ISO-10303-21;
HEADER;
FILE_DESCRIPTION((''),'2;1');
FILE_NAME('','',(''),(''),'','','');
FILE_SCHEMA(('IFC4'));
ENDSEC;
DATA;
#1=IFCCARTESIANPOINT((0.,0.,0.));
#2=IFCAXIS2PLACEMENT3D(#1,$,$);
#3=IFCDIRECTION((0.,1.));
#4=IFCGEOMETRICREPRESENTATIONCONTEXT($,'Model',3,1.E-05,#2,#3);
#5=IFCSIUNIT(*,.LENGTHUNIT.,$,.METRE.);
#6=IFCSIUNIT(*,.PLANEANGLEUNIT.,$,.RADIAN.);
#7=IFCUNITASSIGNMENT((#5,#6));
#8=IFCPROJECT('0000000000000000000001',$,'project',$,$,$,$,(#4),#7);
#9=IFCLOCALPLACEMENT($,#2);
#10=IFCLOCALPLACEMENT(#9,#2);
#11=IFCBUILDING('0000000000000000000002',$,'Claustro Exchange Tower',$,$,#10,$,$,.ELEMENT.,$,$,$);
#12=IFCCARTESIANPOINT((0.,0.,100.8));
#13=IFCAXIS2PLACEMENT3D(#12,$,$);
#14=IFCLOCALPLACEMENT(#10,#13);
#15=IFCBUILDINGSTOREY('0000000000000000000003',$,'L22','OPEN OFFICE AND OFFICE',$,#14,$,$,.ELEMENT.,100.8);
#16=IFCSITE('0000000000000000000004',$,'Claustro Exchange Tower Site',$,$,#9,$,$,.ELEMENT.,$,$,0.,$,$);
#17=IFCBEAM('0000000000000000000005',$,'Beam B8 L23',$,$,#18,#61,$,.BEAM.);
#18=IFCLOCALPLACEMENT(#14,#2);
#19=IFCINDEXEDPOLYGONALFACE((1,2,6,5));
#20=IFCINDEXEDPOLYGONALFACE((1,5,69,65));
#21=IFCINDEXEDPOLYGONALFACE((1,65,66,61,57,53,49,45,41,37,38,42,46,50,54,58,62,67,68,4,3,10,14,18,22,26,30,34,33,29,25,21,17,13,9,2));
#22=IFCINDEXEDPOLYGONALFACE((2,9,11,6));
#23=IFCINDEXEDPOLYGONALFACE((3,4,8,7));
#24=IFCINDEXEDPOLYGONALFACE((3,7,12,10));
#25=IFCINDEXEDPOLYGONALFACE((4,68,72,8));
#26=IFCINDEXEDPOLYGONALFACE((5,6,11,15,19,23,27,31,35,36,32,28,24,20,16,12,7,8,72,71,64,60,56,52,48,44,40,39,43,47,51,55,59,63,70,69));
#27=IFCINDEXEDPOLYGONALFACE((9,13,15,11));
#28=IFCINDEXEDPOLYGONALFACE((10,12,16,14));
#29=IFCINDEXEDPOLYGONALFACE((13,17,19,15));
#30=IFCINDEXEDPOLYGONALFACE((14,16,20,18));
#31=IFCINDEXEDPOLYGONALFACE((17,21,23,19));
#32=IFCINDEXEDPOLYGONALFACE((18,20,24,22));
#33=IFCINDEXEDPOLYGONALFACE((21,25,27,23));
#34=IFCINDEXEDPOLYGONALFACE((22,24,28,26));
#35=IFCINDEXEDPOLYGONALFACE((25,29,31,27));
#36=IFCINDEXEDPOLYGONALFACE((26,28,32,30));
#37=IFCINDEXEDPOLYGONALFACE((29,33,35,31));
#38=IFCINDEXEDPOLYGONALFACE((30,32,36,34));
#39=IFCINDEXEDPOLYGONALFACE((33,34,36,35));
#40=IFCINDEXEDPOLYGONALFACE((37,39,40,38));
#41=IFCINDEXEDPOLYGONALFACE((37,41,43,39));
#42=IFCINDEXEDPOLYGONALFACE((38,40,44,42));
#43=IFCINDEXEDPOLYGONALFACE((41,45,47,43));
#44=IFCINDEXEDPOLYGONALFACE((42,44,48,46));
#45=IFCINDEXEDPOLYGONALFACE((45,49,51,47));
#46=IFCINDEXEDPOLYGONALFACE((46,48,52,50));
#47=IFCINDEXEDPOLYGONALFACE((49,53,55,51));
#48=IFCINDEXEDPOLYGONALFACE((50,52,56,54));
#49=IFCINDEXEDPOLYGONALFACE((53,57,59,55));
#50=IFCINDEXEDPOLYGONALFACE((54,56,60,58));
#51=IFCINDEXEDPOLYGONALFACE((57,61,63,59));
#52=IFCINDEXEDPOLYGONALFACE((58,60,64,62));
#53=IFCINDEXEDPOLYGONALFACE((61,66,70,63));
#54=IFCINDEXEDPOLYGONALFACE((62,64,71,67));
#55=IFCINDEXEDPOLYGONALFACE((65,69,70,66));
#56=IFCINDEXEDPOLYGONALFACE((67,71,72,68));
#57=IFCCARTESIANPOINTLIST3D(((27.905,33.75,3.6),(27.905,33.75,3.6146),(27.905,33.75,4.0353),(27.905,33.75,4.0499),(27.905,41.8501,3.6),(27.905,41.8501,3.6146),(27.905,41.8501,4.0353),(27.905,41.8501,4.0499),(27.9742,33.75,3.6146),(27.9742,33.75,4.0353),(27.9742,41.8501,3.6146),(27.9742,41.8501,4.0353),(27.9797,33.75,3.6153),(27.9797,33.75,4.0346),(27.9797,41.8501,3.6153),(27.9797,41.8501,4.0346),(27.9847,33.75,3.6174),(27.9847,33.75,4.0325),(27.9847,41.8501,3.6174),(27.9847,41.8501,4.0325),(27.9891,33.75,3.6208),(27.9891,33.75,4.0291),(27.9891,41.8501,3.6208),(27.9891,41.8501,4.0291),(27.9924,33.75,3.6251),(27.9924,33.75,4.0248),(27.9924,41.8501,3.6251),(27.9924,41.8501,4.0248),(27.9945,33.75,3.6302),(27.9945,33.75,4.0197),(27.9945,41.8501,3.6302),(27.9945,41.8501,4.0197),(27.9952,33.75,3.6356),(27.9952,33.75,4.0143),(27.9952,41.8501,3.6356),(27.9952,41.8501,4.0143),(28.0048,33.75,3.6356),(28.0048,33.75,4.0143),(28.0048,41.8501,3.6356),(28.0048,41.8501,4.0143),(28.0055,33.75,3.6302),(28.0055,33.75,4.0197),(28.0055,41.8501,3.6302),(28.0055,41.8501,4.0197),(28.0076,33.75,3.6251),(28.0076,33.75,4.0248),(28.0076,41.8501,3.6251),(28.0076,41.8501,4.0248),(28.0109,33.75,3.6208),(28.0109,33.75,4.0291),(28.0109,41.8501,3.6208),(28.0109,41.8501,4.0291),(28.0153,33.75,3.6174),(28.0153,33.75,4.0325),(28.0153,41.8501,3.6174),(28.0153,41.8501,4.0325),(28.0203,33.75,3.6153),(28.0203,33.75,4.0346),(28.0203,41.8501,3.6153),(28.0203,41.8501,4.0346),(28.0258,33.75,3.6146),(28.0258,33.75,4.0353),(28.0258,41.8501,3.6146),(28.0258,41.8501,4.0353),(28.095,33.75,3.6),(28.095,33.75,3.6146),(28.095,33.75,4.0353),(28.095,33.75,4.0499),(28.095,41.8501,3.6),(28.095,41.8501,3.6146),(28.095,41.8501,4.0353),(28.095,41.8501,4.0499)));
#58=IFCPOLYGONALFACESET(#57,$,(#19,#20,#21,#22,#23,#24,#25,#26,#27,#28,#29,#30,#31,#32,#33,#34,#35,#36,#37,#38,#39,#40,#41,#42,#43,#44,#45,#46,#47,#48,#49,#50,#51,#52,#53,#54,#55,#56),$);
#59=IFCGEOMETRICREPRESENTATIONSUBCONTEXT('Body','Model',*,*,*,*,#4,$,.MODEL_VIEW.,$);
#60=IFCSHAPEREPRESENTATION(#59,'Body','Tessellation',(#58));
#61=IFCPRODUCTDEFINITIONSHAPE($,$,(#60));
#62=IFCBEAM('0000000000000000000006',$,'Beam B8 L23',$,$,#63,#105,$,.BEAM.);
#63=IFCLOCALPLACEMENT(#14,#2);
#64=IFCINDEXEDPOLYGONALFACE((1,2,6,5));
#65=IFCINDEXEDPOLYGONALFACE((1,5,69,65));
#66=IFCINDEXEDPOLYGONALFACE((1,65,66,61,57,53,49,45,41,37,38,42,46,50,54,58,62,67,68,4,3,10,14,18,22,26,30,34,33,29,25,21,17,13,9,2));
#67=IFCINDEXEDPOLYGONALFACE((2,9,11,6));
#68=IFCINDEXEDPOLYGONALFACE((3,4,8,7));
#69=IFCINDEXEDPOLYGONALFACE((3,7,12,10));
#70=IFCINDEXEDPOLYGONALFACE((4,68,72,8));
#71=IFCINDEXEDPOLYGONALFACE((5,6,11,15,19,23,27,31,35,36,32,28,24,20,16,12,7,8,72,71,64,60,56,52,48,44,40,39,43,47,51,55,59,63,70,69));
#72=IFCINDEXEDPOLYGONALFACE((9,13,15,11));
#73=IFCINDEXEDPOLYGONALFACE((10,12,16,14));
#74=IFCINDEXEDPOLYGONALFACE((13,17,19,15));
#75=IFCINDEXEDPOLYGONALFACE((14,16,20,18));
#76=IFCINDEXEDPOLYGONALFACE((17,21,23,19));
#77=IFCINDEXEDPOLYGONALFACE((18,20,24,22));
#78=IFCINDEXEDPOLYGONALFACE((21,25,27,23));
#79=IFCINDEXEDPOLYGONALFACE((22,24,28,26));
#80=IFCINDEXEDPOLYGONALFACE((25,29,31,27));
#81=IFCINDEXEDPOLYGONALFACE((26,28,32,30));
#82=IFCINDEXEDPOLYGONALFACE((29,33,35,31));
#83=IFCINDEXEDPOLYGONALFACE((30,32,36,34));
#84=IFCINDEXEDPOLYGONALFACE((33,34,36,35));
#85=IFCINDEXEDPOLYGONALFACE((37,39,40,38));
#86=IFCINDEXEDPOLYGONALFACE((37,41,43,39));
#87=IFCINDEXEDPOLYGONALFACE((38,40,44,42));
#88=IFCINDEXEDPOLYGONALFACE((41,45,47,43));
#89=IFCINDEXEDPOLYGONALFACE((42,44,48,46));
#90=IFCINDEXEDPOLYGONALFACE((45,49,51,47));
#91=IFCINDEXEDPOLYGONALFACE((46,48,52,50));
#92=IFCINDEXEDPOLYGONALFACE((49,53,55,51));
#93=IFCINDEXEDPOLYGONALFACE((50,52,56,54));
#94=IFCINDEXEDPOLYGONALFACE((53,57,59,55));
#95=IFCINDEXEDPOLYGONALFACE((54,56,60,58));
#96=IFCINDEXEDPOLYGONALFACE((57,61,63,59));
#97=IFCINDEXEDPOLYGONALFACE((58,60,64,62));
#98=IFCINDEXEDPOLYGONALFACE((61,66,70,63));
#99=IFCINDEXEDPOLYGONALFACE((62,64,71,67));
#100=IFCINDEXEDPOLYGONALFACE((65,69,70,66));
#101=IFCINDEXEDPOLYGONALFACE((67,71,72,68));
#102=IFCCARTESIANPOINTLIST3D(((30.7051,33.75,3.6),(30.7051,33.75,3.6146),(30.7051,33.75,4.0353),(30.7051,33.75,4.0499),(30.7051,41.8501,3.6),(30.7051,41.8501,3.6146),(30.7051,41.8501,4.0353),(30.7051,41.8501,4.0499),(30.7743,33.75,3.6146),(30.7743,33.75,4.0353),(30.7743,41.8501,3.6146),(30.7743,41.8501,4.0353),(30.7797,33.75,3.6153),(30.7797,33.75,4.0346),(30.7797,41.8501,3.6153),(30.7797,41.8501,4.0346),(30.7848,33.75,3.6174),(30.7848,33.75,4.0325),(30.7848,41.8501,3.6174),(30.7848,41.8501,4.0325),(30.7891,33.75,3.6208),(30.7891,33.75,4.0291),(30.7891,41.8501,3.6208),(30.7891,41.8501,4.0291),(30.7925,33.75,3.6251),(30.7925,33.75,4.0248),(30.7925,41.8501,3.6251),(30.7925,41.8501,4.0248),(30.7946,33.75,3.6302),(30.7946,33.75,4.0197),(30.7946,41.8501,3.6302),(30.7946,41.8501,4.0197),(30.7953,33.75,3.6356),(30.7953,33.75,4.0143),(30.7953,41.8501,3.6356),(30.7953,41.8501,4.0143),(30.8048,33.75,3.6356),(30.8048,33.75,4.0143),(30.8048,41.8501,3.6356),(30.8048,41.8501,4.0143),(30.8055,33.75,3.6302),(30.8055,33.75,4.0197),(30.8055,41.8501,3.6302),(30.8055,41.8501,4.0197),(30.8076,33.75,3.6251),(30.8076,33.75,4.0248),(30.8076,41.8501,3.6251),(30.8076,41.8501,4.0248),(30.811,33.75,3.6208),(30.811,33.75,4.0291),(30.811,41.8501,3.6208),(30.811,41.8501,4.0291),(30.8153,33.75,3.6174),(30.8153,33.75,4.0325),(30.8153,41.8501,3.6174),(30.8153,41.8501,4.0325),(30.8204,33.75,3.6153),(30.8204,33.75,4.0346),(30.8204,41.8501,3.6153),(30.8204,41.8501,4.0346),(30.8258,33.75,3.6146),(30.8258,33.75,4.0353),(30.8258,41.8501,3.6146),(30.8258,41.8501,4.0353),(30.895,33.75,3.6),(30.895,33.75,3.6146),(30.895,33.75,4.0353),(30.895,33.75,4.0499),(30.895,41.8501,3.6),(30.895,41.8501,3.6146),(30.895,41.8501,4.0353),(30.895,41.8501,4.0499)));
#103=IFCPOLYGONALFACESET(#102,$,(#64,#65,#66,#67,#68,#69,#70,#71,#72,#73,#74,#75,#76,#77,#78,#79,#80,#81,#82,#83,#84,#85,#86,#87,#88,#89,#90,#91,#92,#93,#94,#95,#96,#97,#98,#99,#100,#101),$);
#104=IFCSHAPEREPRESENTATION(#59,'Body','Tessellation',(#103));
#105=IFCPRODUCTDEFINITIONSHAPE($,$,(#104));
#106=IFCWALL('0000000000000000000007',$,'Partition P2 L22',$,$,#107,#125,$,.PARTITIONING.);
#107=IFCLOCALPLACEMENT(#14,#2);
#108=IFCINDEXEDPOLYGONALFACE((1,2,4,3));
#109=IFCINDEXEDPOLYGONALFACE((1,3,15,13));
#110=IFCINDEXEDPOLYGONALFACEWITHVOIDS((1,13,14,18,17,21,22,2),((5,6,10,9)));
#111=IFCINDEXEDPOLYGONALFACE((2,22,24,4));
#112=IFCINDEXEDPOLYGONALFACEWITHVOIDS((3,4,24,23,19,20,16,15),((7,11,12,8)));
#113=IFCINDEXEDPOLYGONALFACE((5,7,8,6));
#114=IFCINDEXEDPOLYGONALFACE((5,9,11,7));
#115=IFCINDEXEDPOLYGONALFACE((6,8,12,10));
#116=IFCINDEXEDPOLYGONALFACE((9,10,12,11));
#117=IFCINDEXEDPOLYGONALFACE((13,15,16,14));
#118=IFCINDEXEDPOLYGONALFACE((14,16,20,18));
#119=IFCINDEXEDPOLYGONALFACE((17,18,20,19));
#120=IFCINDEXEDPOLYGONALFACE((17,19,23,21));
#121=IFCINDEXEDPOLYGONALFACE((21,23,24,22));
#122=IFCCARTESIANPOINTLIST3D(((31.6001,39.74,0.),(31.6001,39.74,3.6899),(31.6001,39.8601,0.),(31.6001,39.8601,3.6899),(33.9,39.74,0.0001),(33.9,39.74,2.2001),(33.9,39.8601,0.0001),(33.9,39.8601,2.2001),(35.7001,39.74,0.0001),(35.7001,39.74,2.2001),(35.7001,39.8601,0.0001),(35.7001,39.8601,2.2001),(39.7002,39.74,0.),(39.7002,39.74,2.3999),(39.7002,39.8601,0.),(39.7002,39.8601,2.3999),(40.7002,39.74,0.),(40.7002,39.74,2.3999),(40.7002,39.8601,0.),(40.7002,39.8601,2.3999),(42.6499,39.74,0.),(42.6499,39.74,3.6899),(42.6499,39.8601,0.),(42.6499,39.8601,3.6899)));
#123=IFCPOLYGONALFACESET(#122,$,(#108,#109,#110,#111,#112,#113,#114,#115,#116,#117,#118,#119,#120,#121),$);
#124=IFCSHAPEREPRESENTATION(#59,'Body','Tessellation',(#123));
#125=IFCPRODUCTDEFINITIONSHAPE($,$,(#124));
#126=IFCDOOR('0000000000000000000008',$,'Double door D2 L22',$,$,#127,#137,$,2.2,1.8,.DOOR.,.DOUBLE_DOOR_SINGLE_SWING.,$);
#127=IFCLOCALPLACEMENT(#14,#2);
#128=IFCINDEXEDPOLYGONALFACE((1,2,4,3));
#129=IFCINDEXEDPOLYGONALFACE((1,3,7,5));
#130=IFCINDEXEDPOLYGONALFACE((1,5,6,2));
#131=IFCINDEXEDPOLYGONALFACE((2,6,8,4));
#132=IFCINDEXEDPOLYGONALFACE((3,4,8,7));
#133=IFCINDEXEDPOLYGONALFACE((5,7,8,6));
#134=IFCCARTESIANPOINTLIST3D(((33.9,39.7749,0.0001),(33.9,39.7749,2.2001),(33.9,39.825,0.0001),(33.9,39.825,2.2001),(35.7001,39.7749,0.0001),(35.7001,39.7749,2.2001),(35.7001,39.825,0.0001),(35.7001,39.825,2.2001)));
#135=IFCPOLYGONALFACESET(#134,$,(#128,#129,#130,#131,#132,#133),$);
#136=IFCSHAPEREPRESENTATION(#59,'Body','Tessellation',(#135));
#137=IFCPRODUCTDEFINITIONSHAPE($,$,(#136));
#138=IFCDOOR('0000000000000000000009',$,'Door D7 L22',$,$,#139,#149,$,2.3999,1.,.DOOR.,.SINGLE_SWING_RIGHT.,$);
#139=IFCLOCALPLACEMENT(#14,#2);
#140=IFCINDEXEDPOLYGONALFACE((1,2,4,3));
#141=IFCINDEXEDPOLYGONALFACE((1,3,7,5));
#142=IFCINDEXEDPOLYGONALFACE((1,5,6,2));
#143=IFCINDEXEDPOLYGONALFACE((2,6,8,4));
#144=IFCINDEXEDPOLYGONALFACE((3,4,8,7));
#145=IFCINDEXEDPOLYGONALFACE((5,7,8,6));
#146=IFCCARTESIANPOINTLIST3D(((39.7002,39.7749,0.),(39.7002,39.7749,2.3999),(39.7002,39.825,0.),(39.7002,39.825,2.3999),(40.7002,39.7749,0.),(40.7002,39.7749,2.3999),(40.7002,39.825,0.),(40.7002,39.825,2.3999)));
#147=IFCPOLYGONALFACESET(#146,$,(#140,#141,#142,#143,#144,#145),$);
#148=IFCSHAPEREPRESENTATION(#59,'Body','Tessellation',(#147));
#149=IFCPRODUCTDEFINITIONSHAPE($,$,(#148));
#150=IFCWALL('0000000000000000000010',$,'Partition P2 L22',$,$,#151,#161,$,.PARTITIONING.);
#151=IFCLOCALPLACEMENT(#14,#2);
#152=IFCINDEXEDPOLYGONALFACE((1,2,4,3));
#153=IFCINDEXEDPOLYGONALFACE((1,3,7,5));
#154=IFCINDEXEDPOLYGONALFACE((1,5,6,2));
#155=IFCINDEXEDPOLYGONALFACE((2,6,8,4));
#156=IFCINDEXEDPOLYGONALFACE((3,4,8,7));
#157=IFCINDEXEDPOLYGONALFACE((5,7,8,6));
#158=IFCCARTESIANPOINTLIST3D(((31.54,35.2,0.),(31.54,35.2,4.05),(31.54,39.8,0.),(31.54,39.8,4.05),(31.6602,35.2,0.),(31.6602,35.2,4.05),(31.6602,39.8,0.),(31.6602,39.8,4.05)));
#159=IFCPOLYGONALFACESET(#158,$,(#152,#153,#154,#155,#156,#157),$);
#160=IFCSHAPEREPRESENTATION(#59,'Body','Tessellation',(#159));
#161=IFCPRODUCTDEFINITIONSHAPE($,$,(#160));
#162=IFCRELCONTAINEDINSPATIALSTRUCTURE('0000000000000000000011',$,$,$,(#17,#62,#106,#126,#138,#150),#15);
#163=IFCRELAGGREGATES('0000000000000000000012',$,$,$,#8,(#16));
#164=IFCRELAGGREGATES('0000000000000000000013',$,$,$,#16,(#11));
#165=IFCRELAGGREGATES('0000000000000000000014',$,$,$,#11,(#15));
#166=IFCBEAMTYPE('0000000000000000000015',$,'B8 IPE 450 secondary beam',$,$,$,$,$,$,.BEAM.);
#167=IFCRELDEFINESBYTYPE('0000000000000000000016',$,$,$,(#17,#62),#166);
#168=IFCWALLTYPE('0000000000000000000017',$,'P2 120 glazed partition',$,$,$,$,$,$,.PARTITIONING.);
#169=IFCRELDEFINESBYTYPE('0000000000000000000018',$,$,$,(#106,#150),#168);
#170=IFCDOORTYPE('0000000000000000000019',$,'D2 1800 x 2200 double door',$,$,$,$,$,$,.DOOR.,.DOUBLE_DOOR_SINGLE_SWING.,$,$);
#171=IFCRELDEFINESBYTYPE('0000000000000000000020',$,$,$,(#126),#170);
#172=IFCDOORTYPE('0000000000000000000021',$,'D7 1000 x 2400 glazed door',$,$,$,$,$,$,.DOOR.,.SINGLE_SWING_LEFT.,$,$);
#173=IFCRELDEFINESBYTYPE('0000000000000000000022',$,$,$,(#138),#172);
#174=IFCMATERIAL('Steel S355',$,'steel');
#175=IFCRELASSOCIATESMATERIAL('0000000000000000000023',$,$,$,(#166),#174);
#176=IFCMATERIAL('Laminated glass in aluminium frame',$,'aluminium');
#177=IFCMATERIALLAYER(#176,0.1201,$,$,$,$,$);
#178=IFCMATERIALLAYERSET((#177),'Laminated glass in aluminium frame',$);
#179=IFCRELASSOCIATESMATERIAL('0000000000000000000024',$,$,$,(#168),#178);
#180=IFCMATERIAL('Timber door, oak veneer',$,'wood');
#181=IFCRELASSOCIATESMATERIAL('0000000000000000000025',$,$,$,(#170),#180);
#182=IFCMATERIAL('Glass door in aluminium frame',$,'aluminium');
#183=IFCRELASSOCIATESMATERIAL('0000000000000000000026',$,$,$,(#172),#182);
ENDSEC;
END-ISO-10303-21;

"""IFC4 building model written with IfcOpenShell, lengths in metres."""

from ifc_helpers import new_model, si_unit, direction, frame, frame_2d, origin, origin_2d, place, context, subcontext, project, spatial, rectangle, i_section, extrude, material, layer, layer_set, material_profile, profile_set, type_object, element, fill, save


model = new_model("IFC4")

# Units and contexts
model_context = context("Model", 3, precision=1e-05, world=origin(), true_north=direction((0.0, 1.0)))
body_context = subcontext(model_context, "Body", "Model", "MODEL_VIEW")
ifc_project = project(units=[si_unit("LENGTHUNIT", "METRE"), si_unit("PLANEANGLEUNIT", "RADIAN")], contexts=[model_context])

# Site, building, storey
site_placement = place(None, origin())
site = spatial("IfcSite", under=ifc_project, at=site_placement, Name="Claustro Exchange Tower Site", CompositionType="ELEMENT", RefElevation=0.0)
building_placement = place(site_placement, origin())
building = spatial("IfcBuilding", under=site, at=building_placement, Name="Claustro Exchange Tower", CompositionType="ELEMENT")
storey_placement = place(building_placement, frame((0.0, 0.0, 100.8)))
storey = spatial("IfcBuildingStorey", under=building, at=storey_placement, Name="L22", Description="OPEN OFFICE AND OFFICE", CompositionType="ELEMENT", Elevation=100.8)

# Beams
ifc_material_1 = material(Name="Steel S355", Category="steel")
ifc_material_profile_1 = material_profile(ifc_material_1, i_section(OverallWidth=0.1899, OverallDepth=0.45, WebThickness=0.0095, FlangeThickness=0.0146, FilletRadius=0.021, at=origin_2d()), Name="IPE 450")
ifc_profile_set_1 = profile_set([ifc_material_profile_1], Name="Steel S355")
beam_type_1 = type_object("IfcBeamType", Name="B8 IPE 450 secondary beam", PredefinedType="BEAM", material=ifc_profile_set_1)
for number, where, z_axis, x_axis, name in (
    (1, (28.0, 33.75, 3.825), (0.0, 1.0, 0.0), (-1.0, 0.0, 0.0), "Beam B8 L23"),
    (2, (30.8, 33.75, 3.825), (0.0, 1.0, 0.0), (-1.0, 0.0, 0.0), "Beam B8 L23"),
):
    element("IfcBeam", number, at=place(storey_placement, frame(where, z_axis=z_axis, x_axis=x_axis)), inside=storey, type_object=beam_type_1, Name=name, PredefinedType="BEAM", context=body_context, shape_type="SweptSolid", body=[
        extrude(i_section(OverallWidth=0.1899, OverallDepth=0.45, WebThickness=0.0095, FlangeThickness=0.0146, FilletRadius=0.021, at=origin_2d()), origin(), (0.0, 0.0, 1.0), 8.1001),
    ])

# Wall, openings, doors
ifc_material_2 = material(Name="Laminated glass in aluminium frame", Category="aluminium")
ifc_layer_1 = layer(ifc_material_2, 0.1201)
ifc_layer_set_1 = layer_set([ifc_layer_1], Name="Laminated glass in aluminium frame")
wall_type_1 = type_object("IfcWallType", Name="P2 120 glazed partition", PredefinedType="PARTITIONING", material=ifc_layer_set_1)
wall_1_placement = place(storey_placement, frame((31.6001, 39.8, 0.0), z_axis=(0.0, 0.0, 1.0), x_axis=(1.0, 0.0, 0.0)))
wall_1 = element("IfcWall", 3, at=wall_1_placement, inside=storey, type_object=wall_type_1, Name="Partition P2 L22", PredefinedType="PARTITIONING", context=body_context, shape_type="SweptSolid", body=[
    extrude(rectangle(XDim=11.0498, YDim=0.1201, at=frame_2d((5.5249, 0.0))), origin(), (0.0, 0.0, 1.0), 3.6899),
])
opening_1_placement = place(wall_1_placement, frame((2.3, 0.0, 0.0)))
opening_1 = element("IfcOpeningElement", 4, at=opening_1_placement, cuts=wall_1, PredefinedType="OPENING", context=body_context, shape_type="SweptSolid", body=[
    extrude(rectangle(XDim=1.8, YDim=2.2, at=frame_2d((0.8999, 1.1001))), frame((0.0, 0.0701, 0.0), z_axis=(0.0, -1.0, 0.0), x_axis=(1.0, 0.0, 0.0)), (0.0, 0.0, 1.0), 0.1401),
])
opening_2_placement = place(wall_1_placement, frame((8.1001, 0.0, 0.0)))
opening_2 = element("IfcOpeningElement", 5, at=opening_2_placement, cuts=wall_1, PredefinedType="OPENING", context=body_context, shape_type="SweptSolid", body=[
    extrude(rectangle(XDim=1.0, YDim=2.3999, at=frame_2d((0.5, 1.2))), frame((0.0, 0.0701, 0.0), z_axis=(0.0, -1.0, 0.0), x_axis=(1.0, 0.0, 0.0)), (0.0, 0.0, 1.0), 0.1401),
])
ifc_material_3 = material(Name="Timber door, oak veneer", Category="wood")
door_type_1 = type_object("IfcDoorType", Name="D2 1800 x 2200 double door", OperationType="DOUBLE_DOOR_SINGLE_SWING", PredefinedType="DOOR", material=ifc_material_3)
door_1_placement = place(opening_1_placement, origin())
door_1 = element("IfcDoor", 6, at=door_1_placement, inside=storey, type_object=door_type_1, Name="Double door D2 L22", OperationType="DOUBLE_DOOR_SINGLE_SWING", OverallHeight=2.2, OverallWidth=1.8, PredefinedType="DOOR", context=body_context, shape_type="SweptSolid", body=[
    extrude(rectangle(XDim=1.8, YDim=2.2, at=frame_2d((0.8999, 1.1001))), frame((0.0, 0.0249, 0.0), z_axis=(0.0, -1.0, 0.0), x_axis=(1.0, 0.0, 0.0)), (0.0, 0.0, 1.0), 0.05),
])
fill(opening_1, door_1)
ifc_material_4 = material(Name="Glass door in aluminium frame", Category="aluminium")
door_type_2 = type_object("IfcDoorType", Name="D7 1000 x 2400 glazed door", OperationType="SINGLE_SWING_LEFT", PredefinedType="DOOR", material=ifc_material_4)
door_2_placement = place(opening_2_placement, origin())
door_2 = element("IfcDoor", 7, at=door_2_placement, inside=storey, type_object=door_type_2, Name="Door D7 L22", OperationType="SINGLE_SWING_RIGHT", OverallHeight=2.3999, OverallWidth=1.0, PredefinedType="DOOR", context=body_context, shape_type="SweptSolid", body=[
    extrude(rectangle(XDim=1.0, YDim=2.3999, at=frame_2d((0.5, 1.2))), frame((0.0, 0.0249, 0.0), z_axis=(0.0, -1.0, 0.0), x_axis=(1.0, 0.0, 0.0)), (0.0, 0.0, 1.0), 0.05),
])
fill(opening_2, door_2)

# Wall
wall_2_placement = place(storey_placement, frame((31.6001, 35.2, 0.0), z_axis=(0.0, 0.0, 1.0), x_axis=(0.0, 1.0, 0.0)))
element("IfcWall", 8, at=wall_2_placement, inside=storey, type_object=wall_type_1, Name="Partition P2 L22", PredefinedType="PARTITIONING", context=body_context, shape_type="SweptSolid", body=[
    extrude(rectangle(XDim=4.6001, YDim=0.1201, at=frame_2d((2.3, 0.0))), origin(), (0.0, 0.0, 1.0), 4.05),
])

save(model, "model.ifc")
